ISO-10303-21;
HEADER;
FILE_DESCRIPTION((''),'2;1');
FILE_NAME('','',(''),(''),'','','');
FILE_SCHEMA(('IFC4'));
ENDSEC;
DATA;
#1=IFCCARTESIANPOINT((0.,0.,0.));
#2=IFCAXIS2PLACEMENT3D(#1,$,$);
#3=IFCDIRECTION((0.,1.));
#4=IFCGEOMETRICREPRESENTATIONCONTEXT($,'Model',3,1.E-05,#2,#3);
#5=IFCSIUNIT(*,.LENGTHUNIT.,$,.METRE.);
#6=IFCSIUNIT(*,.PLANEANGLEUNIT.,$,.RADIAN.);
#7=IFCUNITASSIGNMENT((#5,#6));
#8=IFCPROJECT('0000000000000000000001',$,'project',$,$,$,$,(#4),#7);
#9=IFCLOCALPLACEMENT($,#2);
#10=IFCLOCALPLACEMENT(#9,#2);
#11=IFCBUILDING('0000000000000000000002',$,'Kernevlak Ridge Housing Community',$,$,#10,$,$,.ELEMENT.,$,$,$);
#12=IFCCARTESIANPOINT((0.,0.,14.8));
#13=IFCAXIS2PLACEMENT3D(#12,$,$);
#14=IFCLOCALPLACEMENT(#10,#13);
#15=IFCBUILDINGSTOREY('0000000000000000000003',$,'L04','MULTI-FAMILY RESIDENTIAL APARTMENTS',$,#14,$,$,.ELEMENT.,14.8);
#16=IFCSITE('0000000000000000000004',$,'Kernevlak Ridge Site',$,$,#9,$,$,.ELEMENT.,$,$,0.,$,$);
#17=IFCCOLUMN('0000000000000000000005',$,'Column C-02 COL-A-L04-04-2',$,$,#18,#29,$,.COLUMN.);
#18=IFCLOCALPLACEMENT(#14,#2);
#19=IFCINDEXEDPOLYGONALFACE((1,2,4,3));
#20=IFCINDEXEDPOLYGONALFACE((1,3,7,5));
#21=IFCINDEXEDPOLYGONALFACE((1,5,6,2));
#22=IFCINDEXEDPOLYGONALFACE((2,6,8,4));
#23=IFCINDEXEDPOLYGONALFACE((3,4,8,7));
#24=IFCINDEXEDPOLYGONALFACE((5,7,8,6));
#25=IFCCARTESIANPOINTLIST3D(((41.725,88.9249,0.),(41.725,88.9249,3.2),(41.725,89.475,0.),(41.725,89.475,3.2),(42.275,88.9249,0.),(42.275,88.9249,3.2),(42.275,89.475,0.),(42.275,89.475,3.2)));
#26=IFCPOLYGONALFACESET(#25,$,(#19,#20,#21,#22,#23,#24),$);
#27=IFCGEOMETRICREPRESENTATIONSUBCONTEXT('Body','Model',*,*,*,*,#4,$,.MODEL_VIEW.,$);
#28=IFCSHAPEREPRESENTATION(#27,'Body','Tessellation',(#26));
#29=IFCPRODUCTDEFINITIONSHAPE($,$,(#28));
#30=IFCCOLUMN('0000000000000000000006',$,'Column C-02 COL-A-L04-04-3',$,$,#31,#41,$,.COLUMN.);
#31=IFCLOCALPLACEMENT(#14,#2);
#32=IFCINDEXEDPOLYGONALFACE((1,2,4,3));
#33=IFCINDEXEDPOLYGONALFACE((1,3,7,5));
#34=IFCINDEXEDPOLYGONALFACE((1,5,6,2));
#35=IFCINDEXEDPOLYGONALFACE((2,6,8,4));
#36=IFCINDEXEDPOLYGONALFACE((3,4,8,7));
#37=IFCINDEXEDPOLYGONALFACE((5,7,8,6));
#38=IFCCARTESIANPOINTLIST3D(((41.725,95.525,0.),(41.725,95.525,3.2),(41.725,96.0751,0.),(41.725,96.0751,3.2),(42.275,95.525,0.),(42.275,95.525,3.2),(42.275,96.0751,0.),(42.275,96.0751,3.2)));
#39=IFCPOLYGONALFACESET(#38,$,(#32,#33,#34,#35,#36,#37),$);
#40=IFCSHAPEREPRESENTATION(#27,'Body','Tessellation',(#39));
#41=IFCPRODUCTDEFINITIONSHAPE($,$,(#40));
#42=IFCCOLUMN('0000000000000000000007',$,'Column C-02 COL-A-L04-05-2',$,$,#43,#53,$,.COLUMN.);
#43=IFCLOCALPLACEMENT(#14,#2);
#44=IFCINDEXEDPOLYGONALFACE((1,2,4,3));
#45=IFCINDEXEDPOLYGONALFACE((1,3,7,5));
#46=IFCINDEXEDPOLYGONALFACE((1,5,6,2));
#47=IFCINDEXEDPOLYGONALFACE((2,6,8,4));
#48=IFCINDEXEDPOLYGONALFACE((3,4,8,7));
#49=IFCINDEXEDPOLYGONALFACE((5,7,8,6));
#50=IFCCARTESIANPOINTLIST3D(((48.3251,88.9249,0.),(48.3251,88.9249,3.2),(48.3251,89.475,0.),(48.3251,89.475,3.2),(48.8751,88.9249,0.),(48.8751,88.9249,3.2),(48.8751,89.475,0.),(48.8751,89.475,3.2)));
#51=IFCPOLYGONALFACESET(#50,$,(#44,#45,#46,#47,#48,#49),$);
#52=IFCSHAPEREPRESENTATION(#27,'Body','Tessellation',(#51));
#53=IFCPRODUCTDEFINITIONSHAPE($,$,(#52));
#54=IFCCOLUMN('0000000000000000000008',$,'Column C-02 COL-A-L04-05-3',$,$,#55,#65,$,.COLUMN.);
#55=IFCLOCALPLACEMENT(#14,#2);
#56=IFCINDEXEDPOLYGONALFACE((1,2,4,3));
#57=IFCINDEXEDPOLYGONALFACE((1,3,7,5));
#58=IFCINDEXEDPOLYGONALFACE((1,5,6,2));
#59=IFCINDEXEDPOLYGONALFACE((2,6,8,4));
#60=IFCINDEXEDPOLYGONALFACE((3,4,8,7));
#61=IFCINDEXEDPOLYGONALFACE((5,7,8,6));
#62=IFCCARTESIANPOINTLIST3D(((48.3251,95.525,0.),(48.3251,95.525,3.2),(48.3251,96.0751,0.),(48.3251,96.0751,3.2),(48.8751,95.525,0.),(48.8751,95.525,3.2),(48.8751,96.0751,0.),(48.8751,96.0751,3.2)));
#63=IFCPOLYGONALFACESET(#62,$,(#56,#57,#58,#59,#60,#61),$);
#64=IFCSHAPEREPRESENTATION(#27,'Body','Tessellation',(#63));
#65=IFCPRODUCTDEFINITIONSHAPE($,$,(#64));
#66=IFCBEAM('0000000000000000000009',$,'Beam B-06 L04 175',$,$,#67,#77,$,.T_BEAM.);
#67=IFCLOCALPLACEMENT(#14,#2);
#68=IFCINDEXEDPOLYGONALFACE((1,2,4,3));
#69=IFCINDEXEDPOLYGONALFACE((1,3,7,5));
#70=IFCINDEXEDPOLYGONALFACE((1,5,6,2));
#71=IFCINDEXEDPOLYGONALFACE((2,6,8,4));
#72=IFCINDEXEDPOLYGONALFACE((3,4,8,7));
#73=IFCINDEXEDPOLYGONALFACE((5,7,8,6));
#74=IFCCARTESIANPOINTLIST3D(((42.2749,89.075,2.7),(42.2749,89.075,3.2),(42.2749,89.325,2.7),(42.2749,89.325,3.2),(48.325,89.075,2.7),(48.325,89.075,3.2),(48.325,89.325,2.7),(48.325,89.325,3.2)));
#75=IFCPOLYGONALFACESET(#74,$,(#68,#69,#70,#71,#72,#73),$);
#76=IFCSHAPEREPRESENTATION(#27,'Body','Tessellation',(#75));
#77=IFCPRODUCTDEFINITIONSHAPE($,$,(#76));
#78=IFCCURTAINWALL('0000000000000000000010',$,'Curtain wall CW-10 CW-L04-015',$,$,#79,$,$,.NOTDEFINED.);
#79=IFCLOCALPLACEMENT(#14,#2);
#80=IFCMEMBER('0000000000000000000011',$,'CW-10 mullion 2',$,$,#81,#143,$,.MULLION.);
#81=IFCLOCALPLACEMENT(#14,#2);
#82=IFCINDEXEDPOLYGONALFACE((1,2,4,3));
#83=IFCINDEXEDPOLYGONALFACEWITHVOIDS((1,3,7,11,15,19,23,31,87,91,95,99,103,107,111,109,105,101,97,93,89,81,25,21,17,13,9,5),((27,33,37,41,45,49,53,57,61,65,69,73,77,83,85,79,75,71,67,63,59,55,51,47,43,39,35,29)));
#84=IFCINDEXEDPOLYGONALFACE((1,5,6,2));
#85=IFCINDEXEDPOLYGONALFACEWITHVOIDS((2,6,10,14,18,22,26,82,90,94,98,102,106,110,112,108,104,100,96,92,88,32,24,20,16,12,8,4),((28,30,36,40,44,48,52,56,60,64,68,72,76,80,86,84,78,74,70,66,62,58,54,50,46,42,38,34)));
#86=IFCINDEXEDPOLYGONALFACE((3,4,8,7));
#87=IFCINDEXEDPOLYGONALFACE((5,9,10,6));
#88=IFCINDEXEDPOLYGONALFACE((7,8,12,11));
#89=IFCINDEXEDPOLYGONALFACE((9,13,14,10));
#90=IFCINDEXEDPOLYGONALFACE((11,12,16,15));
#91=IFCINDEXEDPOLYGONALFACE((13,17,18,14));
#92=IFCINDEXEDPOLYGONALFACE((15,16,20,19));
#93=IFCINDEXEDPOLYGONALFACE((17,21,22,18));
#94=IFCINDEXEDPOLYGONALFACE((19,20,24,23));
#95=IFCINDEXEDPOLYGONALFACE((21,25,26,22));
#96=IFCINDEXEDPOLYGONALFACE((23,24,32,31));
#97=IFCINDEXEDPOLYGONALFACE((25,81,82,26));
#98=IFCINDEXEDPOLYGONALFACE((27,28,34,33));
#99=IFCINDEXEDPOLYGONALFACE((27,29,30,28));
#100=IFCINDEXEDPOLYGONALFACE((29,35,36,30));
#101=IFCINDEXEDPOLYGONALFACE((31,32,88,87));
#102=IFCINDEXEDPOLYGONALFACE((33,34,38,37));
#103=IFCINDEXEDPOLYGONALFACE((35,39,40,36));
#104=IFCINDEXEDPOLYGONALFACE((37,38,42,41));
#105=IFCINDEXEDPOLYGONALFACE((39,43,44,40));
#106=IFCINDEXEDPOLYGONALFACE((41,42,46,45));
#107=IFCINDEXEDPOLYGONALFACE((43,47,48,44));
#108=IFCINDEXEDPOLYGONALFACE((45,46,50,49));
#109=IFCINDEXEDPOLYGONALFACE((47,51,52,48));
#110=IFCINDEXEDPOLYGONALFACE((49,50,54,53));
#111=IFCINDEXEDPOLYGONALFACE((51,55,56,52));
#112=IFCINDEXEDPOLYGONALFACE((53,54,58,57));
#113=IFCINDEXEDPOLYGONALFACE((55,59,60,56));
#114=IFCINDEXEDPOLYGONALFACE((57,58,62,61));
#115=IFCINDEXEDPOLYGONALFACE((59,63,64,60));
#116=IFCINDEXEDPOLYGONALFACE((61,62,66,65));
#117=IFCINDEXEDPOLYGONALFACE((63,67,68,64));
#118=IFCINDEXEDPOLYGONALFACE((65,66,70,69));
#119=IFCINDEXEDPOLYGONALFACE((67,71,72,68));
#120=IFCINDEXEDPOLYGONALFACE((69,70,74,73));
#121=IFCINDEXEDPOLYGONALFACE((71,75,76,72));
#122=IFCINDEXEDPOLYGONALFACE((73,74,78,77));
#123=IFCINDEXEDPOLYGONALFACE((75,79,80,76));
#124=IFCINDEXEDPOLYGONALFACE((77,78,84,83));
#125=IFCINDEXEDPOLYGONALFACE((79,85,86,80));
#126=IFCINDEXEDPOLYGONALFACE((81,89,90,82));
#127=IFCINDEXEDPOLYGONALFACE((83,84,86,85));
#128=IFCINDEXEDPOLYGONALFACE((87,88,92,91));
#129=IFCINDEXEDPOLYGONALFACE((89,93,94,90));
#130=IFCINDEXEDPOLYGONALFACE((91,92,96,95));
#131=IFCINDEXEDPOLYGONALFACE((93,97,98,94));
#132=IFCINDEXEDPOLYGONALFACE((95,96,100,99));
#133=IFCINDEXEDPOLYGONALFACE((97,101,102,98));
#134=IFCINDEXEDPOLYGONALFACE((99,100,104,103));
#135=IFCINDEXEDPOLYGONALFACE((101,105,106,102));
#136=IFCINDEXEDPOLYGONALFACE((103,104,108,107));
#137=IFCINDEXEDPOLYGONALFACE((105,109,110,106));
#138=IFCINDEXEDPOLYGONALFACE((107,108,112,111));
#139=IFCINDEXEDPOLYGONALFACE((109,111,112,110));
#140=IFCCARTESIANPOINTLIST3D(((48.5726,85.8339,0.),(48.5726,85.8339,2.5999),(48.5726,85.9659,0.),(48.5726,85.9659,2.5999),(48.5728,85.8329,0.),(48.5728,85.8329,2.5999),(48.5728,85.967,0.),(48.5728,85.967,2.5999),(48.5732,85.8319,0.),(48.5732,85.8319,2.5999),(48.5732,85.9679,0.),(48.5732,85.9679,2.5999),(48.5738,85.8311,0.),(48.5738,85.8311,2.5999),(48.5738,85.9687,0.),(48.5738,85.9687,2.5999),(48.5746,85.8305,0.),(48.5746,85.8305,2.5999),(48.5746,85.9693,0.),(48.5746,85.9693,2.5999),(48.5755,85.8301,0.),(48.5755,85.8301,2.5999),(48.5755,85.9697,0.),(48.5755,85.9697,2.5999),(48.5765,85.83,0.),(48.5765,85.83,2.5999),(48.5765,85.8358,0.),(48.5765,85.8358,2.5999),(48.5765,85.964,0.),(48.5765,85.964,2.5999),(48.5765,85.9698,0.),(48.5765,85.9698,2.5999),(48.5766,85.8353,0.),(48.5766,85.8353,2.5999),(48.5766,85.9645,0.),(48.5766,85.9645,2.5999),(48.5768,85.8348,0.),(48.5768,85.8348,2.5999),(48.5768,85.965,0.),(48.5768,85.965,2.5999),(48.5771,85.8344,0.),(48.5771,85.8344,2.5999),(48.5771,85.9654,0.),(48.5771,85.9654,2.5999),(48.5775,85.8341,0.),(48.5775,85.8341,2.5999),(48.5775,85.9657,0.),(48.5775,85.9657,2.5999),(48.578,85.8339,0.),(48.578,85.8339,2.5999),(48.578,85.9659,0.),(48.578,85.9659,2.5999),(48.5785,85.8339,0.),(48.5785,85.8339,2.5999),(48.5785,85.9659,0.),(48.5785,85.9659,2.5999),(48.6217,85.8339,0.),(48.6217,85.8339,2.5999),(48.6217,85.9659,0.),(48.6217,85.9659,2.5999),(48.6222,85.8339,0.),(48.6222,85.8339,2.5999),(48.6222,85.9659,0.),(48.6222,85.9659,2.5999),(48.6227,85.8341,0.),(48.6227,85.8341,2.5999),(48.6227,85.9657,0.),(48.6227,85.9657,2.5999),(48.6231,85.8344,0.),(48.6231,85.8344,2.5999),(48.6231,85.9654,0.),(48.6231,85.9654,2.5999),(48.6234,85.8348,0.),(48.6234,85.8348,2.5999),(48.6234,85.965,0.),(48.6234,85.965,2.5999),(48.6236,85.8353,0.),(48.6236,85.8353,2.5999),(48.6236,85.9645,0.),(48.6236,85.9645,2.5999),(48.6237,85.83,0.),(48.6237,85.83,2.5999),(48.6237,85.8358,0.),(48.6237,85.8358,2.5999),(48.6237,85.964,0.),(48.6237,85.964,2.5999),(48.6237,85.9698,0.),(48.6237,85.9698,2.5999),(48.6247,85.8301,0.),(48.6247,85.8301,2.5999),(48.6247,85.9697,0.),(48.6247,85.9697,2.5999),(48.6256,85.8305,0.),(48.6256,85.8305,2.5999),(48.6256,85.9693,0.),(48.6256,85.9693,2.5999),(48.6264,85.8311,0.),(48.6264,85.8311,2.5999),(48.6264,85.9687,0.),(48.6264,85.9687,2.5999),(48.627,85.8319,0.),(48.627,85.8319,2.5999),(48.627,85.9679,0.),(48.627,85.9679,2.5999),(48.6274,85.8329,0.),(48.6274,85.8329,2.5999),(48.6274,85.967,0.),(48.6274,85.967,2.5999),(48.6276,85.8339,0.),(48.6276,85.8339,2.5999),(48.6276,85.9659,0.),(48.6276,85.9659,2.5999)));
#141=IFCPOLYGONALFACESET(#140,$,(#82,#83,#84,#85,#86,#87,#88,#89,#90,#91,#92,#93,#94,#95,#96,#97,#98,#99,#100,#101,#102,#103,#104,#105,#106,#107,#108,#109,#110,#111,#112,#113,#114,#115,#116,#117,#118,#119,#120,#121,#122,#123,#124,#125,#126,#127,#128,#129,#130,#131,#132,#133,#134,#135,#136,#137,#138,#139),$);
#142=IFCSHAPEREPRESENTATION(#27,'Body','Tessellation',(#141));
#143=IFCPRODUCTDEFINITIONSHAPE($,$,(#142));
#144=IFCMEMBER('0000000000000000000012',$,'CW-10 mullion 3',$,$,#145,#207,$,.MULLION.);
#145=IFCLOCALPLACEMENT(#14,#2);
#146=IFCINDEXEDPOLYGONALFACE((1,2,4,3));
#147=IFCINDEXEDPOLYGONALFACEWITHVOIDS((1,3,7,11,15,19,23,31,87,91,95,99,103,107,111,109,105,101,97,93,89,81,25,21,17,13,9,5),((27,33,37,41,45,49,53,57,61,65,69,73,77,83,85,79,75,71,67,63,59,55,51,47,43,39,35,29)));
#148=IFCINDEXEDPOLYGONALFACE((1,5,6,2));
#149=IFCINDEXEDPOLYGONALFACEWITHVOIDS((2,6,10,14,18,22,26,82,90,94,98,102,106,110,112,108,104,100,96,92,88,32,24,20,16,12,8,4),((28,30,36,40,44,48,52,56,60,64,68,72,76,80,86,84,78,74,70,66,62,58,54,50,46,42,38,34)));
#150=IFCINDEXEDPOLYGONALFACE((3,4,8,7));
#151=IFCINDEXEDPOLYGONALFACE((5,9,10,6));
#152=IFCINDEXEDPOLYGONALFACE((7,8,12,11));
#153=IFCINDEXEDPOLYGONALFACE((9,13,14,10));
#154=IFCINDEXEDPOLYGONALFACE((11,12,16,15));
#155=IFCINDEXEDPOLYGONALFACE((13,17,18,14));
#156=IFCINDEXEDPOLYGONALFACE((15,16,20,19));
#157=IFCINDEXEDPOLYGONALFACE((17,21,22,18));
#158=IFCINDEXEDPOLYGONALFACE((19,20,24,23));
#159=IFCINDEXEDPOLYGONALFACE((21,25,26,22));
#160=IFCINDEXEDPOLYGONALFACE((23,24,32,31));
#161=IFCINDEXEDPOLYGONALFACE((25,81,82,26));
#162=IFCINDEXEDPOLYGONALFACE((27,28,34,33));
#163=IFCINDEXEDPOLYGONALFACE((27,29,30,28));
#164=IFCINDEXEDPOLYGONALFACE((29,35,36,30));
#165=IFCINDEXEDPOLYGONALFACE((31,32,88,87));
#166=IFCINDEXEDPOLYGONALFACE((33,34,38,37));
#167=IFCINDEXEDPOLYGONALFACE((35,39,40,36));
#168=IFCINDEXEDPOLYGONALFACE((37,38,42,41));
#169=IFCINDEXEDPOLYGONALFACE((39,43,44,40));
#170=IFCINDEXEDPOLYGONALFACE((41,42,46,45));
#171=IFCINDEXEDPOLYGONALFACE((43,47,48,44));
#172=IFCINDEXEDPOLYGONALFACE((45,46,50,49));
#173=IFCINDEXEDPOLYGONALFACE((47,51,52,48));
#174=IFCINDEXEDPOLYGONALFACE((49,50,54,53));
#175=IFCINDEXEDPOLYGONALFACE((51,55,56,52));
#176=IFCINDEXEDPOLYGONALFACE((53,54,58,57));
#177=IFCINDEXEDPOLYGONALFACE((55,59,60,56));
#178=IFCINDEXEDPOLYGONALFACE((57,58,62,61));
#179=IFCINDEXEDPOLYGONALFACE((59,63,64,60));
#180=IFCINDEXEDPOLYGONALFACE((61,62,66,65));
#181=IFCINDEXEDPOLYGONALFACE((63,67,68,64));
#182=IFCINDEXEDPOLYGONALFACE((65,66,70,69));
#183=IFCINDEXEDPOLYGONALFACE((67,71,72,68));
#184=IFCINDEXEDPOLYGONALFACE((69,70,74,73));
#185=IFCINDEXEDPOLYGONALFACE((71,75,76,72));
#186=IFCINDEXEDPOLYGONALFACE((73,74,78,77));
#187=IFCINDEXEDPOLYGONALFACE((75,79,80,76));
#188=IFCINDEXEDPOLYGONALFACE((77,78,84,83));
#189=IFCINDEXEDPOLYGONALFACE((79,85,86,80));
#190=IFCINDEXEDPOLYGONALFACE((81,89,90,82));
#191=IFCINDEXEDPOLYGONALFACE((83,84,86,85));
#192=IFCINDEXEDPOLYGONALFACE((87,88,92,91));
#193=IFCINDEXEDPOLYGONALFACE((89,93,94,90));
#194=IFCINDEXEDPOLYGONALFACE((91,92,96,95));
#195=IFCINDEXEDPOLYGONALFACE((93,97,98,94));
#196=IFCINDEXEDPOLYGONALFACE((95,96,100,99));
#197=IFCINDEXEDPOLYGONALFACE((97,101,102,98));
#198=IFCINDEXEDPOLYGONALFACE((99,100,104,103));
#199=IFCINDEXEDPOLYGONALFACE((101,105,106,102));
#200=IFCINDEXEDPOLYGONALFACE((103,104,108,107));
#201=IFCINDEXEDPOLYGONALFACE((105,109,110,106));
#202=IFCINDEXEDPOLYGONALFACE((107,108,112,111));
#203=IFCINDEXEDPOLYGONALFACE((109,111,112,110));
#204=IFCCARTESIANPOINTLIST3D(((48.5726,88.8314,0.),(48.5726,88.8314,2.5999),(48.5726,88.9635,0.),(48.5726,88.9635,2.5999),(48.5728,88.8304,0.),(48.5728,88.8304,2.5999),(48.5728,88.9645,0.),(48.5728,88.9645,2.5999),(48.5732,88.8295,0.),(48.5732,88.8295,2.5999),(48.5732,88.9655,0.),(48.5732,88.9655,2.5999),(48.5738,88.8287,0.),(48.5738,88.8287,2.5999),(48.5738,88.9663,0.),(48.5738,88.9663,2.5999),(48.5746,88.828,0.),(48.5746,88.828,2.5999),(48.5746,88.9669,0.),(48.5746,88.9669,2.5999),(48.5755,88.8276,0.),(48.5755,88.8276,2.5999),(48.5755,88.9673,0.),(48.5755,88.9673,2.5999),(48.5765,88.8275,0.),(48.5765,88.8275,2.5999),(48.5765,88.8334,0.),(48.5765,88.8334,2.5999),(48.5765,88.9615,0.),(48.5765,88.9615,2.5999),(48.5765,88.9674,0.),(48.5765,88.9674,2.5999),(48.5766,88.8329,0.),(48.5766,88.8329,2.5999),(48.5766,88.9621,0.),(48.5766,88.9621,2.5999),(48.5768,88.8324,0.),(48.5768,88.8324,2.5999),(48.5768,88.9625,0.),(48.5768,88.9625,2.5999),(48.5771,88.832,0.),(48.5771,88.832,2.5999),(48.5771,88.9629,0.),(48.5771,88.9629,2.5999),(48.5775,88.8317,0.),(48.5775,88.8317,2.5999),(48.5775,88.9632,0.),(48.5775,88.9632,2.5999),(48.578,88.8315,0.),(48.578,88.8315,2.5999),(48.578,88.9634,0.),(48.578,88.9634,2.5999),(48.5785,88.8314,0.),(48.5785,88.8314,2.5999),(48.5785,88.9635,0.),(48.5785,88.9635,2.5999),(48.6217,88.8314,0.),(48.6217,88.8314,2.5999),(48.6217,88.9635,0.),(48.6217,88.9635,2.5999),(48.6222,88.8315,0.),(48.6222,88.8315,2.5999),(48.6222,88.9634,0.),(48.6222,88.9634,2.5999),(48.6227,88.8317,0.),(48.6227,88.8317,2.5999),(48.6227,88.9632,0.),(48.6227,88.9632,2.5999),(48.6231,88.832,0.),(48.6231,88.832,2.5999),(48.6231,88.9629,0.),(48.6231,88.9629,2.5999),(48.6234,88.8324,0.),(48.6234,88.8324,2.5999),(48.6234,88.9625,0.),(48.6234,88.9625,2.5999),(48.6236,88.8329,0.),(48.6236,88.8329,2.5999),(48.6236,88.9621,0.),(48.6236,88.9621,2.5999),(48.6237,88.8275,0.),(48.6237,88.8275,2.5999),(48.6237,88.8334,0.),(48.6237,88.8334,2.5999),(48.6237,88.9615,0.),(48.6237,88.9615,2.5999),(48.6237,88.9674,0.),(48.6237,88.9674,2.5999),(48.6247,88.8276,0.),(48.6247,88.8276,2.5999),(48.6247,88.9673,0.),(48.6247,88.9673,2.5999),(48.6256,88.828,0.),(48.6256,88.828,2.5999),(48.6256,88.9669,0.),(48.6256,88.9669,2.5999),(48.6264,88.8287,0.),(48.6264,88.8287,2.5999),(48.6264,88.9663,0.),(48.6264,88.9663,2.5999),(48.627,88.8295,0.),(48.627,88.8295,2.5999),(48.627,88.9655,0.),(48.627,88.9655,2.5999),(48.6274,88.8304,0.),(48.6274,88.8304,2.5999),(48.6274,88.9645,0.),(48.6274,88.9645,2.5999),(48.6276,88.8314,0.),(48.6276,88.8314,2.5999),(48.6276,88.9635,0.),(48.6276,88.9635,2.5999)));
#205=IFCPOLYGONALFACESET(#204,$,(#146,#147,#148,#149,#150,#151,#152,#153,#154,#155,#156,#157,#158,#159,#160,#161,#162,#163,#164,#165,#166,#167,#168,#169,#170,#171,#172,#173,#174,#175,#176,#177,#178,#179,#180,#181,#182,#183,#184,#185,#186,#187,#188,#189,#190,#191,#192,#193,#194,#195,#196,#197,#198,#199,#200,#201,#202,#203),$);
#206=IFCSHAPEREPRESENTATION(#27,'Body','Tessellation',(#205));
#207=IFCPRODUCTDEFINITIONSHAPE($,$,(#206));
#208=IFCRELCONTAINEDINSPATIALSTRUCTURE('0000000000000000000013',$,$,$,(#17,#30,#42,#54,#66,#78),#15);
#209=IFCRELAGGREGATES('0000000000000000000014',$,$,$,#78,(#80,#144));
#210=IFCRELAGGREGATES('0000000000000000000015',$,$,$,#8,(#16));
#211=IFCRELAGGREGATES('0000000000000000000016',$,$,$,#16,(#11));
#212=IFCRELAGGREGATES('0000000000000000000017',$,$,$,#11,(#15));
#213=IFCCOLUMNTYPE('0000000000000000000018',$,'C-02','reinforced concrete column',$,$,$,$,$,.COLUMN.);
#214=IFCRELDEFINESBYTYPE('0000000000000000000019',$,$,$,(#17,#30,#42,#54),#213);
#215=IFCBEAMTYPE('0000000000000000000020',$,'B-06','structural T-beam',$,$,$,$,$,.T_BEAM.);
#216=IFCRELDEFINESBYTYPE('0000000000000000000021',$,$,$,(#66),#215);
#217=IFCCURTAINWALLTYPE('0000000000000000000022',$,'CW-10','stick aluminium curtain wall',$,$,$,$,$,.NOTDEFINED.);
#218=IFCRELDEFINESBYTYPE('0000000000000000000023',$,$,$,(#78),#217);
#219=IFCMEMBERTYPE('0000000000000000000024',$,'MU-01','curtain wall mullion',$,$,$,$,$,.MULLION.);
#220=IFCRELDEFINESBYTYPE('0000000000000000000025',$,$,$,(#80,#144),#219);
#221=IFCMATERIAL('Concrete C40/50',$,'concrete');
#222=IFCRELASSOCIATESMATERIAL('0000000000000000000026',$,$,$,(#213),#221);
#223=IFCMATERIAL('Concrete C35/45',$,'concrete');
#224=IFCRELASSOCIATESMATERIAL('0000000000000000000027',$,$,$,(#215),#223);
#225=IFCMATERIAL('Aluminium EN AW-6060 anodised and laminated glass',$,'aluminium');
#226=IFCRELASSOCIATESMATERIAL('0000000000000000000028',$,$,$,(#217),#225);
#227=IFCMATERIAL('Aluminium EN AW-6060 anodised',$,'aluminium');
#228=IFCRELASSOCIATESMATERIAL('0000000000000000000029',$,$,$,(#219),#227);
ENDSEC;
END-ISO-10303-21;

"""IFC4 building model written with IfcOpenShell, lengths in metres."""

from ifc_helpers import new_model, si_unit, direction, frame, origin, origin_2d, place, context, subcontext, project, spatial, rectangle, hollow_rectangle, extrude, material, material_profile, profile_set, type_object, element, aggregate, save


model = new_model("IFC4")

# Units and contexts
model_context = context("Model", 3, precision=1e-05, world=origin(), true_north=direction((0.0, 1.0)))
body_context = subcontext(model_context, "Body", "Model", "MODEL_VIEW")
ifc_project = project(units=[si_unit("LENGTHUNIT", "METRE"), si_unit("PLANEANGLEUNIT", "RADIAN")], contexts=[model_context])

# Site, building, storey
site_placement = place(None, origin())
site = spatial("IfcSite", under=ifc_project, at=site_placement, Name="Kernevlak Ridge Site", CompositionType="ELEMENT", RefElevation=0.0)
building_placement = place(site_placement, origin())
building = spatial("IfcBuilding", under=site, at=building_placement, Name="Kernevlak Ridge Housing Community", CompositionType="ELEMENT")
storey_placement = place(building_placement, frame((0.0, 0.0, 14.8)))
storey = spatial("IfcBuildingStorey", under=building, at=storey_placement, Name="L04", Description="MULTI-FAMILY RESIDENTIAL APARTMENTS", CompositionType="ELEMENT", Elevation=14.8)

# Columns
ifc_material_1 = material(Name="Concrete C40/50", Category="concrete")
ifc_material_profile_1 = material_profile(ifc_material_1, rectangle(XDim=0.55, YDim=0.55, at=origin_2d()), Name="RC 550x550")
ifc_profile_set_1 = profile_set([ifc_material_profile_1], Name="Concrete C40/50")
column_type = type_object("IfcColumnType", Name="C-02", Description="reinforced concrete column", PredefinedType="COLUMN", material=ifc_profile_set_1)
for number, where, z_axis, x_axis, name in (
    (1, (42.0, 89.2, 0.0), (0.0, 0.0, 1.0), (1.0, 0.0, 0.0), "Column C-02 COL-A-L04-04-2"),
    (2, (42.0, 95.8, 0.0), (0.0, 0.0, 1.0), (1.0, 0.0, 0.0), "Column C-02 COL-A-L04-04-3"),
    (3, (48.6001, 89.2, 0.0), (0.0, 0.0, 1.0), (1.0, 0.0, 0.0), "Column C-02 COL-A-L04-05-2"),
    (4, (48.6001, 95.8, 0.0), (0.0, 0.0, 1.0), (1.0, 0.0, 0.0), "Column C-02 COL-A-L04-05-3"),
):
    element("IfcColumn", number, at=place(storey_placement, frame(where, z_axis=z_axis, x_axis=x_axis)), inside=storey, type_object=column_type, Name=name, PredefinedType="COLUMN", context=body_context, shape_type="SweptSolid", body=[
        extrude(rectangle(XDim=0.55, YDim=0.55, at=origin_2d()), origin(), (0.0, 0.0, 1.0), 3.2),
    ])

# Beam
ifc_material_2 = material(Name="Concrete C35/45", Category="concrete")
ifc_material_profile_2 = material_profile(ifc_material_2, rectangle(XDim=0.25, YDim=0.5, at=origin_2d()), Name="RC 250x500")
ifc_profile_set_2 = profile_set([ifc_material_profile_2], Name="Concrete C35/45")
beam_type_1 = type_object("IfcBeamType", Name="B-06", Description="structural T-beam", PredefinedType="T_BEAM", material=ifc_profile_set_2)
beam_1_placement = place(storey_placement, frame((42.2749, 89.2, 2.95), z_axis=(1.0, 0.0, 0.0), x_axis=(0.0, 1.0, 0.0)))
element("IfcBeam", 5, at=beam_1_placement, inside=storey, type_object=beam_type_1, Name="Beam B-06 L04 175", PredefinedType="T_BEAM", context=body_context, shape_type="SweptSolid", body=[
    extrude(rectangle(XDim=0.25, YDim=0.5, at=origin_2d()), origin(), (0.0, 0.0, 1.0), 6.05),
])

# Curtain wall, members
ifc_material_3 = material(Name="Aluminium EN AW-6060 anodised and laminated glass", Category="aluminium")
curtain_wall_type = type_object("IfcCurtainWallType", Name="CW-10", Description="stick aluminium curtain wall", PredefinedType="NOTDEFINED", material=ifc_material_3)
curtain_wall_placement = place(storey_placement, origin())
curtain_wall = element("IfcCurtainWall", 6, at=curtain_wall_placement, inside=storey, type_object=curtain_wall_type, Name="Curtain wall CW-10 CW-L04-015", PredefinedType="NOTDEFINED")
ifc_material_4 = material(Name="Aluminium EN AW-6060 anodised", Category="aluminium")
ifc_material_profile_3 = material_profile(ifc_material_4, hollow_rectangle(XDim=0.0549, YDim=0.1399, WallThickness=0.0039, InnerFilletRadius=0.002, OuterFilletRadius=0.0039, at=origin_2d()), Name="ALU 55x140x4")
ifc_profile_set_3 = profile_set([ifc_material_profile_3], Name="Aluminium EN AW-6060 anodised")
member_type = type_object("IfcMemberType", Name="MU-01", Description="curtain wall mullion", PredefinedType="MULLION", material=ifc_profile_set_3)
member_1_placement = place(storey_placement, frame((48.6001, 85.8999, 0.0), z_axis=(0.0, 0.0, 1.0), x_axis=(-1.0, 0.0, 0.0)))
member_1 = element("IfcMember", 7, at=member_1_placement, type_object=member_type, Name="CW-10 mullion 2", PredefinedType="MULLION", context=body_context, shape_type="SweptSolid", body=[
    extrude(hollow_rectangle(XDim=0.0549, YDim=0.1399, WallThickness=0.0039, InnerFilletRadius=0.002, OuterFilletRadius=0.0039, at=origin_2d()), origin(), (0.0, 0.0, 1.0), 2.5999),
])
member_2_placement = place(storey_placement, frame((48.6001, 88.8975, 0.0), z_axis=(0.0, 0.0, 1.0), x_axis=(-1.0, 0.0, 0.0)))
member_2 = element("IfcMember", 8, at=member_2_placement, type_object=member_type, Name="CW-10 mullion 3", PredefinedType="MULLION", context=body_context, shape_type="SweptSolid", body=[
    extrude(hollow_rectangle(XDim=0.0549, YDim=0.1399, WallThickness=0.0039, InnerFilletRadius=0.002, OuterFilletRadius=0.0039, at=origin_2d()), origin(), (0.0, 0.0, 1.0), 2.5999),
])
aggregate(curtain_wall, [member_1, member_2])

save(model, "model.ifc")
